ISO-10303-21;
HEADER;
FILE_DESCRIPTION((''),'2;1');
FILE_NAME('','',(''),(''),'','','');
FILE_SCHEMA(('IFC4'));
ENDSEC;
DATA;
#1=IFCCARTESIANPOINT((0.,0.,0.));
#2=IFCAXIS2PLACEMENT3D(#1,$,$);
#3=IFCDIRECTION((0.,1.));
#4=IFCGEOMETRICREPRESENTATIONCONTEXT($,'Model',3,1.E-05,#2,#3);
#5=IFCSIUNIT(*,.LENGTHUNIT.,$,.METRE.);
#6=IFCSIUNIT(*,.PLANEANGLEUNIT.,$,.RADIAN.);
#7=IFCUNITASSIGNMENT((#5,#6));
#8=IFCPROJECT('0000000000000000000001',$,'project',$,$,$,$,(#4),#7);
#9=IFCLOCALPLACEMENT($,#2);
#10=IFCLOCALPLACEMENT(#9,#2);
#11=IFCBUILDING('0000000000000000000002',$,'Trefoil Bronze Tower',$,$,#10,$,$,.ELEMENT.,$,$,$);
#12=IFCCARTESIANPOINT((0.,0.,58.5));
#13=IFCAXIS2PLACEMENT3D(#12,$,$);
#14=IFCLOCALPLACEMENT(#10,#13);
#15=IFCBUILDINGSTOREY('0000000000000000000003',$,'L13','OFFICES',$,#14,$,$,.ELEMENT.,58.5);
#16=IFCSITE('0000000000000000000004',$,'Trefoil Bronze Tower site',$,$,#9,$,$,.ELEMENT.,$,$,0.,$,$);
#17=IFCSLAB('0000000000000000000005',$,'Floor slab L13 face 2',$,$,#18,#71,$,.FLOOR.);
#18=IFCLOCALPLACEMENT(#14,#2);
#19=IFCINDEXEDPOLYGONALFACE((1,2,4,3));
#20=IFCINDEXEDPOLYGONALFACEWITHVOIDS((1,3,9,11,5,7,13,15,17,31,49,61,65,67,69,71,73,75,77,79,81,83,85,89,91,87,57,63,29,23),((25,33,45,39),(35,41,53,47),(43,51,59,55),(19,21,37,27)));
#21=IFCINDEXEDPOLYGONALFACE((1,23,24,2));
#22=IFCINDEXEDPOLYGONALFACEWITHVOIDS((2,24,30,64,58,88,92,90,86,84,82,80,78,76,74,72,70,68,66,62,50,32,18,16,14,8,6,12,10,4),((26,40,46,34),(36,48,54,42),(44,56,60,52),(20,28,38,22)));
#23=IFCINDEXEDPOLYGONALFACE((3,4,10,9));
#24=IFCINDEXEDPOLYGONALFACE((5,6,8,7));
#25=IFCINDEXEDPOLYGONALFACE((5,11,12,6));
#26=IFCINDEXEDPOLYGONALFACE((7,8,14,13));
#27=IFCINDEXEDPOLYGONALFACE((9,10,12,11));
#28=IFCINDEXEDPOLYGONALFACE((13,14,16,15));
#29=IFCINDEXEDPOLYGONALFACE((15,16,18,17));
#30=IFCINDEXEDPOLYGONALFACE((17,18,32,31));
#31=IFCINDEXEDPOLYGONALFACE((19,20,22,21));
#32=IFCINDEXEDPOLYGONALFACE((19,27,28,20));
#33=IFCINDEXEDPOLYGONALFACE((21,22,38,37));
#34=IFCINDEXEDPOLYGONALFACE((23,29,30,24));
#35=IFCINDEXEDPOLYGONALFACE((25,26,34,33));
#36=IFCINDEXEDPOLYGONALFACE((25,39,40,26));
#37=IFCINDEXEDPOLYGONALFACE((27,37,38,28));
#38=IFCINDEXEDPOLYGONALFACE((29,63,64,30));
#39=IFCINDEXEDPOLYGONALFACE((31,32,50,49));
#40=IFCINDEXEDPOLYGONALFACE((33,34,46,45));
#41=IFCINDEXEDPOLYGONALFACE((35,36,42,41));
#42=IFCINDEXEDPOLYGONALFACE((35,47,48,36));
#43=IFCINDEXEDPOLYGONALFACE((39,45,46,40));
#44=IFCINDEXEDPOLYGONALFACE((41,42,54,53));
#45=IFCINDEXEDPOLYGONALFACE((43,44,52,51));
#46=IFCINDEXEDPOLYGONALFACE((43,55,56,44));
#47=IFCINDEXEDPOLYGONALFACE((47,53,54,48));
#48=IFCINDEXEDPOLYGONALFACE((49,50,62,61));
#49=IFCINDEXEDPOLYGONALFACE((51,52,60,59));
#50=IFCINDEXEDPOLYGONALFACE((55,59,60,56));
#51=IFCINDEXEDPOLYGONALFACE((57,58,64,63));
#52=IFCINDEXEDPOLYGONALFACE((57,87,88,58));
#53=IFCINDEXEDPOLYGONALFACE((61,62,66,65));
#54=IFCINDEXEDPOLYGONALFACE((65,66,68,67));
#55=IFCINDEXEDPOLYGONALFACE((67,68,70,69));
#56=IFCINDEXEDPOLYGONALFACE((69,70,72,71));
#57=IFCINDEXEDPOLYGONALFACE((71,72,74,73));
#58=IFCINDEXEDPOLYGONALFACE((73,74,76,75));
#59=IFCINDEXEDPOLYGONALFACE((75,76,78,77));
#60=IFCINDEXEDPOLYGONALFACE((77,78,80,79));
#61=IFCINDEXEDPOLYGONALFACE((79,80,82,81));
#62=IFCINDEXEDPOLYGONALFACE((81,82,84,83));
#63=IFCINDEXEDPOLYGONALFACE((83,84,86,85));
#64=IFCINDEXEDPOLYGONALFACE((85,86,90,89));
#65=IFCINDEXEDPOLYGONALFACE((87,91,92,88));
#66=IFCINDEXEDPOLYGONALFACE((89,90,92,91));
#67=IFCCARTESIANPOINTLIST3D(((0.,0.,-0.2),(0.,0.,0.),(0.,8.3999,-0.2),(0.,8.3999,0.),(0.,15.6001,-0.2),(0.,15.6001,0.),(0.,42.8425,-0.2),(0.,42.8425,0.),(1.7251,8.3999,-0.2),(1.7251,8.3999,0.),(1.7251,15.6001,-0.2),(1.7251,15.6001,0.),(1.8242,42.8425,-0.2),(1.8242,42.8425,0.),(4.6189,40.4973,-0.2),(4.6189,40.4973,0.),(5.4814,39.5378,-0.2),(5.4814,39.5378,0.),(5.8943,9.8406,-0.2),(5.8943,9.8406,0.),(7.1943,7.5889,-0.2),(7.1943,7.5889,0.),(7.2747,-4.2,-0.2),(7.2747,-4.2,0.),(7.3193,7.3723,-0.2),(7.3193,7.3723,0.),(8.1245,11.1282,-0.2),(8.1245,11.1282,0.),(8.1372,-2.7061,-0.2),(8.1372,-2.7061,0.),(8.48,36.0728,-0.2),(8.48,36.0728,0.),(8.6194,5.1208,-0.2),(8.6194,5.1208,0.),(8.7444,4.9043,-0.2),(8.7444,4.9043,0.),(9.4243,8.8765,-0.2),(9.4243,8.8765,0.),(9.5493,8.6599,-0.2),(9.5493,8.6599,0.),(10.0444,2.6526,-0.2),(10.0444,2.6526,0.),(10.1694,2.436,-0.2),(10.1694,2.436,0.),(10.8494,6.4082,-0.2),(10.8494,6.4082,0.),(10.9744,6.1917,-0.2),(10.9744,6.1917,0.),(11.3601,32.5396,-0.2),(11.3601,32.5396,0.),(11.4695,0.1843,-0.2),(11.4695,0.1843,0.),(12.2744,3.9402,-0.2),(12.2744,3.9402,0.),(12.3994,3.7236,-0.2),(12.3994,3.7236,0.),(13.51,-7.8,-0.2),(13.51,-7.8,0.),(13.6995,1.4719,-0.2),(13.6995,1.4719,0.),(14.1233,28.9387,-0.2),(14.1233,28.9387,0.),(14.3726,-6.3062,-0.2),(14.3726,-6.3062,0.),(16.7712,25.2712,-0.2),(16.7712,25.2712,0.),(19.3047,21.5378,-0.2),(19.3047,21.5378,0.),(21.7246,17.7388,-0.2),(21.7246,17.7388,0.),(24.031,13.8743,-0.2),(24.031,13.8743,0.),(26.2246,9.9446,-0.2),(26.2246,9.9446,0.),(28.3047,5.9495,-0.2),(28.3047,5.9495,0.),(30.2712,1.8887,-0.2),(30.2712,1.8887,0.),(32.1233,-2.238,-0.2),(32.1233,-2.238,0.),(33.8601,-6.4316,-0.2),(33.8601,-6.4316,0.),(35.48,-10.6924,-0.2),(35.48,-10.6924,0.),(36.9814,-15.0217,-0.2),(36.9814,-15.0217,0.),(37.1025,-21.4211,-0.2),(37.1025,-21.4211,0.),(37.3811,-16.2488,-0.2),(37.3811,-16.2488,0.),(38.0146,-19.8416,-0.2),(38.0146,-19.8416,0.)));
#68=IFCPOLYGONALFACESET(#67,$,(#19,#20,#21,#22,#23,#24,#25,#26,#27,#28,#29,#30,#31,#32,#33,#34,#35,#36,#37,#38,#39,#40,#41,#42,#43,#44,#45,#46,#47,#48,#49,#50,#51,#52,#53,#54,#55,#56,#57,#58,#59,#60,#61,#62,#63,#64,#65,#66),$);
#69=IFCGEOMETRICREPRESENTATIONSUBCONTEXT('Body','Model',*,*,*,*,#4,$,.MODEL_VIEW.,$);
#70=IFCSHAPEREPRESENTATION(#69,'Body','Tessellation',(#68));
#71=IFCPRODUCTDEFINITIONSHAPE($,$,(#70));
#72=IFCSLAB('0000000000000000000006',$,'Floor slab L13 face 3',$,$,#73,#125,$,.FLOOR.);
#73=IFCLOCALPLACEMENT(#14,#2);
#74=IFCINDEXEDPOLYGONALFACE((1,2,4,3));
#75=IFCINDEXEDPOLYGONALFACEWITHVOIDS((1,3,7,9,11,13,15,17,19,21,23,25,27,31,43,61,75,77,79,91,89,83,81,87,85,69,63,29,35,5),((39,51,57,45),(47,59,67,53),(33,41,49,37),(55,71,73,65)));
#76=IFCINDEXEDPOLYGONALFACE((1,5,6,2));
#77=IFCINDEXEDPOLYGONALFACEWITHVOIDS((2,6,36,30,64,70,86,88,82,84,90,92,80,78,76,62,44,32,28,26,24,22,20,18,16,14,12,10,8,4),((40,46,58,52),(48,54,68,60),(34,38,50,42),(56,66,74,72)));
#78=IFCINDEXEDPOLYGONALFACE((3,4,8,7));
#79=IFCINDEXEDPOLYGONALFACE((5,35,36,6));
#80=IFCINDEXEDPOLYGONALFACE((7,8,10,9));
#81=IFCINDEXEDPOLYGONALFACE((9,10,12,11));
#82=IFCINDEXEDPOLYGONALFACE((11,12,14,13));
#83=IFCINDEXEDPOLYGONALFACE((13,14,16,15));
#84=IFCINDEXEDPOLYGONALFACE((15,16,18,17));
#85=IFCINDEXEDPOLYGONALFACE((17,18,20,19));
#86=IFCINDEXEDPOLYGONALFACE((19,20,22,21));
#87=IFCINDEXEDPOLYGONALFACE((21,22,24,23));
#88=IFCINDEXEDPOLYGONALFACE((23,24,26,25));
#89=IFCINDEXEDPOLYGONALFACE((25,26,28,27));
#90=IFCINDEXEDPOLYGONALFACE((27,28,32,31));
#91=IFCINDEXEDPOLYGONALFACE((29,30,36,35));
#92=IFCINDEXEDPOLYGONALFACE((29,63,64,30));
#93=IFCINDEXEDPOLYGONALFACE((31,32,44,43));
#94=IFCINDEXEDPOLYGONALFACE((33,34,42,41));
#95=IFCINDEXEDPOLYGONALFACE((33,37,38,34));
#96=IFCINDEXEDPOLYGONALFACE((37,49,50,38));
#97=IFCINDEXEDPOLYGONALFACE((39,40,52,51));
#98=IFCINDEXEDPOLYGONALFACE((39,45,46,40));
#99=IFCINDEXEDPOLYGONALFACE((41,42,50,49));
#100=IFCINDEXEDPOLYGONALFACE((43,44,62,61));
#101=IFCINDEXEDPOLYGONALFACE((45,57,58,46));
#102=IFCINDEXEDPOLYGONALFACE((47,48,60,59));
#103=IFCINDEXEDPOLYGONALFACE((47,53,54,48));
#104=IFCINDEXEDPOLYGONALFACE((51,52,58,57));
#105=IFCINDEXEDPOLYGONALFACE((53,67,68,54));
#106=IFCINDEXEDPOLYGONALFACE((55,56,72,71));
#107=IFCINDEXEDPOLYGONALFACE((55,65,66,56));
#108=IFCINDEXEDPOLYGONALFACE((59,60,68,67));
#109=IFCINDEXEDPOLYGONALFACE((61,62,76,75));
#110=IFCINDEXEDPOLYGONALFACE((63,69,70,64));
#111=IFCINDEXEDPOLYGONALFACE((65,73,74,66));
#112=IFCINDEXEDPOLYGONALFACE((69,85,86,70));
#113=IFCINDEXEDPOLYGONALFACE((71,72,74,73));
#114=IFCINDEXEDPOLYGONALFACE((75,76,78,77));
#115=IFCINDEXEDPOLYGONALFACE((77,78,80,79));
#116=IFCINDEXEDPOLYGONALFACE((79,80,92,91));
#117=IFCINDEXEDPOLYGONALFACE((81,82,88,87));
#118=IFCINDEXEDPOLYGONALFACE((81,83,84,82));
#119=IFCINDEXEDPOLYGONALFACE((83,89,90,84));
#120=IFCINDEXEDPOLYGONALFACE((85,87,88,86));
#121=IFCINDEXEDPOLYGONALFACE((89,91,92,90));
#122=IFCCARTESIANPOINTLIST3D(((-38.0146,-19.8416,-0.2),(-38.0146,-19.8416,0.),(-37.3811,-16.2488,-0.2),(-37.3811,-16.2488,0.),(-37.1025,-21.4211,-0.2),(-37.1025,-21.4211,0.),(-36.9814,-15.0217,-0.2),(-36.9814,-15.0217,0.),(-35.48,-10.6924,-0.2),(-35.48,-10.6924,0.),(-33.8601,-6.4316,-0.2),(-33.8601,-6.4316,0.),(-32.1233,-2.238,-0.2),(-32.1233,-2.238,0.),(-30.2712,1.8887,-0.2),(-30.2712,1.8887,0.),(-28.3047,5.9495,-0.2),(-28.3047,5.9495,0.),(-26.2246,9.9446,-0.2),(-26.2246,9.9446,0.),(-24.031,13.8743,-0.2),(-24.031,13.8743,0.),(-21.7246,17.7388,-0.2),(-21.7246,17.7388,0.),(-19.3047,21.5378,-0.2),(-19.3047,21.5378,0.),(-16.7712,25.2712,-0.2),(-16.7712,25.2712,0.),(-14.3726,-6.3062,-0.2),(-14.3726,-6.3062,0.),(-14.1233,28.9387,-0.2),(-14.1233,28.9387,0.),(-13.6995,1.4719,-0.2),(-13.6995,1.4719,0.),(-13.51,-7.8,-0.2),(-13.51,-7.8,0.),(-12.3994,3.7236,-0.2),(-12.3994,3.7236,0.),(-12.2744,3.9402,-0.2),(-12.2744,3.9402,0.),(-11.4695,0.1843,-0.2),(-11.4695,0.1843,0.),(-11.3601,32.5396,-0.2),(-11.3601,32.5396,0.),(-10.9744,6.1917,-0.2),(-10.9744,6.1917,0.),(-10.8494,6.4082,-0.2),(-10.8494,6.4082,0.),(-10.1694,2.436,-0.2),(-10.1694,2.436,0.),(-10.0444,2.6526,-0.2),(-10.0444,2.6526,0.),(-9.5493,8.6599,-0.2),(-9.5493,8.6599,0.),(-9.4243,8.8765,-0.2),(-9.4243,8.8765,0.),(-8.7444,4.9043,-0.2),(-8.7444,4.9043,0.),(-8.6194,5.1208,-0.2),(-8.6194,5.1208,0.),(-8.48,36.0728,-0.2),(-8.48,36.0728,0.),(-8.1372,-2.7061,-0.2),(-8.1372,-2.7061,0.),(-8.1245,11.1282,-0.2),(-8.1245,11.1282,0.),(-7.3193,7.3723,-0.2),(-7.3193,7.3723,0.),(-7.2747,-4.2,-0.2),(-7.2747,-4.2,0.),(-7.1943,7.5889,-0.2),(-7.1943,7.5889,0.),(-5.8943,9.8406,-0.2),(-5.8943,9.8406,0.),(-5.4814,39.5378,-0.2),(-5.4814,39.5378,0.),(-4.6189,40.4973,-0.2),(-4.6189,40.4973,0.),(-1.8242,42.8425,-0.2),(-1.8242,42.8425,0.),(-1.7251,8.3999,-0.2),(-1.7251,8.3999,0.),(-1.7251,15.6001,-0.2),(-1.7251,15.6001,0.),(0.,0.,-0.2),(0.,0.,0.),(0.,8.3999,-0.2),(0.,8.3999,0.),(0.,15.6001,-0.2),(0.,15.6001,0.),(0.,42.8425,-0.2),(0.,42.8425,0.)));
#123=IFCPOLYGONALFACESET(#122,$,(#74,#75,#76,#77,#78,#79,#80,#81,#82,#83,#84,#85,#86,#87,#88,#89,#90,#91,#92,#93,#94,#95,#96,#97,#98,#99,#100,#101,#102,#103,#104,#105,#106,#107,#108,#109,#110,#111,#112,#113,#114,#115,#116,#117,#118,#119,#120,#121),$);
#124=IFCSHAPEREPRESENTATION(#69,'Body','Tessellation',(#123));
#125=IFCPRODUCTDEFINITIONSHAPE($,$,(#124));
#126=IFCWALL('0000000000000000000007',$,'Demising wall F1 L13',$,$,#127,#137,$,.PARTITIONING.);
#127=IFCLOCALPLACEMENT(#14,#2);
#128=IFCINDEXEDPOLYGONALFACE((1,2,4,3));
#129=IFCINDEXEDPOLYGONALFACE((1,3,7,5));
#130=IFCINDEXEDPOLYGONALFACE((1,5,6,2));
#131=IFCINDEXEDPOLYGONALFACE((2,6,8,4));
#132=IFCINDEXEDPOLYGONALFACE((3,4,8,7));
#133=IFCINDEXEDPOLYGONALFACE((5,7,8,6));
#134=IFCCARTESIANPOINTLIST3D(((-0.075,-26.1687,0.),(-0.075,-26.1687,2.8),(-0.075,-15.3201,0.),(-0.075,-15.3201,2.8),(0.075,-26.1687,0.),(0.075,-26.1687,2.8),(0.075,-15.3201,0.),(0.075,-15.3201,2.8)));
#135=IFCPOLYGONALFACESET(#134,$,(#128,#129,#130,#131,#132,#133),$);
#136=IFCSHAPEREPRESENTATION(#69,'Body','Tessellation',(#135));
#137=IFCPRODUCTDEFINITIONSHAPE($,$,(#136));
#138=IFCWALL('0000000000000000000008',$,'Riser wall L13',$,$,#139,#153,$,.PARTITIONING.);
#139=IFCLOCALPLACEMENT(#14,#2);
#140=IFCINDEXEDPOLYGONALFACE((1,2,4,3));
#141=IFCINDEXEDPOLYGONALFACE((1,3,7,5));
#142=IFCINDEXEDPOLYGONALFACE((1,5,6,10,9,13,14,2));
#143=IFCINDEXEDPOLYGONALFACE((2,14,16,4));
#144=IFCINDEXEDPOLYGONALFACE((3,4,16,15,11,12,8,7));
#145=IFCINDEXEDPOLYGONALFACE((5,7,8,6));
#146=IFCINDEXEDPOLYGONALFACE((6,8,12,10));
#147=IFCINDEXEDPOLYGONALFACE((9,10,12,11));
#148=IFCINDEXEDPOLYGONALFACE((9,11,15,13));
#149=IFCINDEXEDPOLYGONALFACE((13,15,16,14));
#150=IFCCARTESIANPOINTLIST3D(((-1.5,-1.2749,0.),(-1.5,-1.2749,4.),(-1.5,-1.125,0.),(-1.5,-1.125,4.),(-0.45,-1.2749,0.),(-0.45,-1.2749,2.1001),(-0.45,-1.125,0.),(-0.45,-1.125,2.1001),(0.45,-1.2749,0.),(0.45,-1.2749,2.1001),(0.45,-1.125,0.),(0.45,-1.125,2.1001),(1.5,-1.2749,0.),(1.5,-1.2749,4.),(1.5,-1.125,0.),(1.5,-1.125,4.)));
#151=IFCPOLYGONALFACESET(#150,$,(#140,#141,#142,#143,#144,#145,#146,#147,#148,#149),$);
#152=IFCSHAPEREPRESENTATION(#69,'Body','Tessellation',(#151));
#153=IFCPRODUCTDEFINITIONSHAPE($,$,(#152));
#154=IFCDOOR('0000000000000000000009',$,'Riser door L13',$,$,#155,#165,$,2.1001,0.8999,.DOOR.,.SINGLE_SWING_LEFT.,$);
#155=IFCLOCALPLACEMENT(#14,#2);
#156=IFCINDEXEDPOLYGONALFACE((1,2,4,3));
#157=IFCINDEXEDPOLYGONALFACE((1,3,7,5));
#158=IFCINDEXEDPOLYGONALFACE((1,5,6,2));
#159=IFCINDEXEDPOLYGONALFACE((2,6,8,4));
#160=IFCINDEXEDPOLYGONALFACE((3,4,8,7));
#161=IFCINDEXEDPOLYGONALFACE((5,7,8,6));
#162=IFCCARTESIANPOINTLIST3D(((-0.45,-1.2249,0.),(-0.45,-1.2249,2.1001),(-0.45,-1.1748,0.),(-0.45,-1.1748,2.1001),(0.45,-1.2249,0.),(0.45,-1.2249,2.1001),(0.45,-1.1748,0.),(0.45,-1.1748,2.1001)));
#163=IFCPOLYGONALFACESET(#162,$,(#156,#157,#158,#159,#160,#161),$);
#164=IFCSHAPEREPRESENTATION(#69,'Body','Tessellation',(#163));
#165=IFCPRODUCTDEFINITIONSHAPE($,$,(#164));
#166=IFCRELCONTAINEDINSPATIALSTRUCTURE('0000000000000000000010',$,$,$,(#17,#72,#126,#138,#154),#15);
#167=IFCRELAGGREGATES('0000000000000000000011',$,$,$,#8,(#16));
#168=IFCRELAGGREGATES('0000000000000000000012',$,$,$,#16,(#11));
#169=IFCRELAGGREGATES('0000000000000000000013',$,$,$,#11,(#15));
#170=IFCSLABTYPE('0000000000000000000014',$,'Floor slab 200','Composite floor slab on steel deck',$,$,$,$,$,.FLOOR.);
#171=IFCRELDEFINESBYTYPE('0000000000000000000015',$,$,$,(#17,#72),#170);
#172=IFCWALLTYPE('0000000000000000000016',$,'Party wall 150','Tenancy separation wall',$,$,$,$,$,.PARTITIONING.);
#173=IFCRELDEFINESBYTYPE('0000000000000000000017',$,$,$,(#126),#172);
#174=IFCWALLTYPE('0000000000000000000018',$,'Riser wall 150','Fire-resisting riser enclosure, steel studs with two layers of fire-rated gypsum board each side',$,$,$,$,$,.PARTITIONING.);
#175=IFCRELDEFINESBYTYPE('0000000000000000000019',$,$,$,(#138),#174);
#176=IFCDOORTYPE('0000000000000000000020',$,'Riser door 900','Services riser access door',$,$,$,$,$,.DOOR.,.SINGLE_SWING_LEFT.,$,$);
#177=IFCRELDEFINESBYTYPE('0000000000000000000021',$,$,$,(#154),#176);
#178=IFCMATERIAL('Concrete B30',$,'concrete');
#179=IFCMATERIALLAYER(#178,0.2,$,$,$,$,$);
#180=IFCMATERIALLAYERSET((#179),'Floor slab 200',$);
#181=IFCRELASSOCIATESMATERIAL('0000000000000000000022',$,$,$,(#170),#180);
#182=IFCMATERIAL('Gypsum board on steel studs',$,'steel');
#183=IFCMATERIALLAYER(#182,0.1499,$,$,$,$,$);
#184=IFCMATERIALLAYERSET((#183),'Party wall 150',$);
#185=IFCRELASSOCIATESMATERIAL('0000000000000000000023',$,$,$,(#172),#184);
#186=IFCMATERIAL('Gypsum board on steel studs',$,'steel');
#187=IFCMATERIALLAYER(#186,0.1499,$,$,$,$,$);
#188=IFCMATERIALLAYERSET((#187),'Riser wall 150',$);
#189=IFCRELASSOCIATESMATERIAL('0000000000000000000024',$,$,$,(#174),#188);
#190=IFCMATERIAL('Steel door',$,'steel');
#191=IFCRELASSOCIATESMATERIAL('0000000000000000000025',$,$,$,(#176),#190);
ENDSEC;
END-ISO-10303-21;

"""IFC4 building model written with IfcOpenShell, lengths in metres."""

from ifc_helpers import new_model, si_unit, direction, frame, frame_2d, origin, place, context, subcontext, project, spatial, polyline, rectangle, outline, extrude, material, layer, layer_set, type_object, element, fill, save


model = new_model("IFC4")

# Units and contexts
model_context = context("Model", 3, precision=1e-05, world=origin(), true_north=direction((0.0, 1.0)))
body_context = subcontext(model_context, "Body", "Model", "MODEL_VIEW")
ifc_project = project(units=[si_unit("LENGTHUNIT", "METRE"), si_unit("PLANEANGLEUNIT", "RADIAN")], contexts=[model_context])

# Site, building, storey
site_placement = place(None, origin())
site = spatial("IfcSite", under=ifc_project, at=site_placement, Name="Trefoil Bronze Tower site", CompositionType="ELEMENT", RefElevation=0.0)
building_placement = place(site_placement, origin())
building = spatial("IfcBuilding", under=site, at=building_placement, Name="Trefoil Bronze Tower", CompositionType="ELEMENT")
storey_placement = place(building_placement, frame((0.0, 0.0, 58.5)))
storey = spatial("IfcBuildingStorey", under=building, at=storey_placement, Name="L13", Description="OFFICES", CompositionType="ELEMENT", Elevation=58.5)

# Slabs
ifc_material_1 = material(Name="Concrete B30", Category="concrete")
ifc_layer_1 = layer(ifc_material_1, 0.2)
ifc_layer_set_1 = layer_set([ifc_layer_1], Name="Floor slab 200")
slab_type = type_object("IfcSlabType", Name="Floor slab 200", Description="Composite floor slab on steel deck", PredefinedType="FLOOR", material=ifc_layer_set_1)
slab_1_placement = place(storey_placement, frame((0.0, 0.0, -0.2)))
element("IfcSlab", 1, at=slab_1_placement, inside=storey, type_object=slab_type, Name="Floor slab L13 face 2", PredefinedType="FLOOR", context=body_context, shape_type="SweptSolid", body=[
    extrude(outline(polyline([(8.48, 36.0728), (11.3601, 32.5396), (14.1233, 28.9387), (16.7712, 25.2712), (19.3047, 21.5378), (21.7246, 17.7388), (24.031, 13.8743), (26.2246, 9.9446), (28.3047, 5.9495), (30.2712, 1.8887), (32.1233, -2.238), (33.8601, -6.4316), (35.48, -10.6924), (36.9814, -15.0217), (37.3811, -16.2488), (38.0146, -19.8416), (37.1025, -21.4211), (13.51, -7.8), (14.3726, -6.3062), (8.1372, -2.7061), (7.2747, -4.2), (0.0, 0.0), (0.0, 8.3999), (1.7251, 8.3999), (1.7251, 15.6001), (0.0, 15.6001), (0.0, 42.8425), (1.8242, 42.8425), (4.6189, 40.4973), (5.4814, 39.5378), (8.48, 36.0728)]), holes=[polyline([(11.4695, 0.1843), (10.1694, 2.436), (12.3994, 3.7236), (13.6995, 1.4719), (11.4695, 0.1843)]), polyline([(10.0444, 2.6526), (8.7444, 4.9043), (10.9744, 6.1917), (12.2744, 3.9402), (10.0444, 2.6526)]), polyline([(8.6194, 5.1208), (7.3193, 7.3723), (9.5493, 8.6599), (10.8494, 6.4082), (8.6194, 5.1208)]), polyline([(7.1943, 7.5889), (5.8943, 9.8406), (8.1245, 11.1282), (9.4243, 8.8765), (7.1943, 7.5889)])]), origin(), (0.0, 0.0, 1.0), 0.2),
])
slab_2_placement = place(storey_placement, frame((0.0, 0.0, -0.2)))
element("IfcSlab", 2, at=slab_2_placement, inside=storey, type_object=slab_type, Name="Floor slab L13 face 3", PredefinedType="FLOOR", context=body_context, shape_type="SweptSolid", body=[
    extrude(outline(polyline([(-35.48, -10.6924), (-33.8601, -6.4316), (-32.1233, -2.238), (-30.2712, 1.8887), (-28.3047, 5.9495), (-26.2246, 9.9446), (-24.031, 13.8743), (-21.7246, 17.7388), (-19.3047, 21.5378), (-16.7712, 25.2712), (-14.1233, 28.9387), (-11.3601, 32.5396), (-8.48, 36.0728), (-5.4814, 39.5378), (-4.6189, 40.4973), (-1.8242, 42.8425), (0.0, 42.8425), (0.0, 15.6001), (-1.7251, 15.6001), (-1.7251, 8.3999), (0.0, 8.3999), (0.0, 0.0), (-7.2747, -4.2), (-8.1372, -2.7061), (-14.3726, -6.3062), (-13.51, -7.8), (-37.1025, -21.4211), (-38.0146, -19.8416), (-37.3811, -16.2488), (-36.9814, -15.0217), (-35.48, -10.6924)]), holes=[polyline([(-5.8943, 9.8406), (-7.1943, 7.5889), (-9.4243, 8.8765), (-8.1245, 11.1282), (-5.8943, 9.8406)]), polyline([(-7.3193, 7.3723), (-8.6194, 5.1208), (-10.8494, 6.4082), (-9.5493, 8.6599), (-7.3193, 7.3723)]), polyline([(-8.7444, 4.9043), (-10.0444, 2.6526), (-12.2744, 3.9402), (-10.9744, 6.1917), (-8.7444, 4.9043)]), polyline([(-10.1694, 2.436), (-11.4695, 0.1843), (-13.6995, 1.4719), (-12.3994, 3.7236), (-10.1694, 2.436)])]), origin(), (0.0, 0.0, 1.0), 0.2),
])

# Wall
ifc_material_2 = material(Name="Gypsum board on steel studs", Category="steel")
ifc_layer_2 = layer(ifc_material_2, 0.1499)
ifc_layer_set_2 = layer_set([ifc_layer_2], Name="Party wall 150")
wall_type_1 = type_object("IfcWallType", Name="Party wall 150", Description="Tenancy separation wall", PredefinedType="PARTITIONING", material=ifc_layer_set_2)
wall_1_placement = place(storey_placement, frame((0.0, -15.3201, 0.0), z_axis=(0.0, 0.0, 1.0), x_axis=(0.0, -1.0, 0.0)))
element("IfcWall", 3, at=wall_1_placement, inside=storey, type_object=wall_type_1, Name="Demising wall F1 L13", PredefinedType="PARTITIONING", context=body_context, shape_type="SweptSolid", body=[
    extrude(rectangle(XDim=10.8486, YDim=0.1499, at=frame_2d((5.4243, 0.0))), origin(), (0.0, 0.0, 1.0), 2.8),
])

# Wall, opening, door
ifc_material_3 = material(Name="Gypsum board on steel studs", Category="steel")
ifc_layer_3 = layer(ifc_material_3, 0.1499)
ifc_layer_set_3 = layer_set([ifc_layer_3], Name="Riser wall 150")
wall_type_2 = type_object("IfcWallType", Name="Riser wall 150", Description="Fire-resisting riser enclosure, steel studs with two layers of fire-rated gypsum board each side", PredefinedType="PARTITIONING", material=ifc_layer_set_3)
wall_2_placement = place(storey_placement, frame((-1.5, -1.2, 0.0), z_axis=(0.0, 0.0, 1.0), x_axis=(1.0, 0.0, 0.0)))
wall_2 = element("IfcWall", 4, at=wall_2_placement, inside=storey, type_object=wall_type_2, Name="Riser wall L13", PredefinedType="PARTITIONING", context=body_context, shape_type="SweptSolid", body=[
    extrude(rectangle(XDim=3.0, YDim=0.1499, at=frame_2d((1.5, 0.0))), origin(), (0.0, 0.0, 1.0), 4.0),
])
opening_1_placement = place(wall_2_placement, frame((1.05, 0.0, 0.0)))
opening_1 = element("IfcOpeningElement", 5, at=opening_1_placement, cuts=wall_2, PredefinedType="OPENING", context=body_context, shape_type="SweptSolid", body=[
    extrude(rectangle(XDim=0.8999, YDim=2.1001, at=frame_2d((0.45, 1.05))), frame((0.0, 0.085, 0.0), z_axis=(0.0, -1.0, 0.0), x_axis=(1.0, 0.0, 0.0)), (0.0, 0.0, 1.0), 0.1699),
])
ifc_material_4 = material(Name="Steel door", Category="steel")
door_type_1 = type_object("IfcDoorType", Name="Riser door 900", Description="Services riser access door", OperationType="SINGLE_SWING_LEFT", PredefinedType="DOOR", material=ifc_material_4)
door_1_placement = place(opening_1_placement, frame((0.8999, 0.0, 0.0), z_axis=(0.0, 0.0, 1.0), x_axis=(-1.0, 0.0, 0.0)))
door_1 = element("IfcDoor", 6, at=door_1_placement, inside=storey, type_object=door_type_1, Name="Riser door L13", OperationType="SINGLE_SWING_LEFT", OverallHeight=2.1001, OverallWidth=0.8999, PredefinedType="DOOR", context=body_context, shape_type="SweptSolid", body=[
    extrude(rectangle(XDim=0.8999, YDim=2.1001, at=frame_2d((0.45, 1.05))), frame((0.0, 0.0249, 0.0), z_axis=(0.0, -1.0, 0.0), x_axis=(1.0, 0.0, 0.0)), (0.0, 0.0, 1.0), 0.05),
])
fill(opening_1, door_1)

save(model, "model.ifc")
